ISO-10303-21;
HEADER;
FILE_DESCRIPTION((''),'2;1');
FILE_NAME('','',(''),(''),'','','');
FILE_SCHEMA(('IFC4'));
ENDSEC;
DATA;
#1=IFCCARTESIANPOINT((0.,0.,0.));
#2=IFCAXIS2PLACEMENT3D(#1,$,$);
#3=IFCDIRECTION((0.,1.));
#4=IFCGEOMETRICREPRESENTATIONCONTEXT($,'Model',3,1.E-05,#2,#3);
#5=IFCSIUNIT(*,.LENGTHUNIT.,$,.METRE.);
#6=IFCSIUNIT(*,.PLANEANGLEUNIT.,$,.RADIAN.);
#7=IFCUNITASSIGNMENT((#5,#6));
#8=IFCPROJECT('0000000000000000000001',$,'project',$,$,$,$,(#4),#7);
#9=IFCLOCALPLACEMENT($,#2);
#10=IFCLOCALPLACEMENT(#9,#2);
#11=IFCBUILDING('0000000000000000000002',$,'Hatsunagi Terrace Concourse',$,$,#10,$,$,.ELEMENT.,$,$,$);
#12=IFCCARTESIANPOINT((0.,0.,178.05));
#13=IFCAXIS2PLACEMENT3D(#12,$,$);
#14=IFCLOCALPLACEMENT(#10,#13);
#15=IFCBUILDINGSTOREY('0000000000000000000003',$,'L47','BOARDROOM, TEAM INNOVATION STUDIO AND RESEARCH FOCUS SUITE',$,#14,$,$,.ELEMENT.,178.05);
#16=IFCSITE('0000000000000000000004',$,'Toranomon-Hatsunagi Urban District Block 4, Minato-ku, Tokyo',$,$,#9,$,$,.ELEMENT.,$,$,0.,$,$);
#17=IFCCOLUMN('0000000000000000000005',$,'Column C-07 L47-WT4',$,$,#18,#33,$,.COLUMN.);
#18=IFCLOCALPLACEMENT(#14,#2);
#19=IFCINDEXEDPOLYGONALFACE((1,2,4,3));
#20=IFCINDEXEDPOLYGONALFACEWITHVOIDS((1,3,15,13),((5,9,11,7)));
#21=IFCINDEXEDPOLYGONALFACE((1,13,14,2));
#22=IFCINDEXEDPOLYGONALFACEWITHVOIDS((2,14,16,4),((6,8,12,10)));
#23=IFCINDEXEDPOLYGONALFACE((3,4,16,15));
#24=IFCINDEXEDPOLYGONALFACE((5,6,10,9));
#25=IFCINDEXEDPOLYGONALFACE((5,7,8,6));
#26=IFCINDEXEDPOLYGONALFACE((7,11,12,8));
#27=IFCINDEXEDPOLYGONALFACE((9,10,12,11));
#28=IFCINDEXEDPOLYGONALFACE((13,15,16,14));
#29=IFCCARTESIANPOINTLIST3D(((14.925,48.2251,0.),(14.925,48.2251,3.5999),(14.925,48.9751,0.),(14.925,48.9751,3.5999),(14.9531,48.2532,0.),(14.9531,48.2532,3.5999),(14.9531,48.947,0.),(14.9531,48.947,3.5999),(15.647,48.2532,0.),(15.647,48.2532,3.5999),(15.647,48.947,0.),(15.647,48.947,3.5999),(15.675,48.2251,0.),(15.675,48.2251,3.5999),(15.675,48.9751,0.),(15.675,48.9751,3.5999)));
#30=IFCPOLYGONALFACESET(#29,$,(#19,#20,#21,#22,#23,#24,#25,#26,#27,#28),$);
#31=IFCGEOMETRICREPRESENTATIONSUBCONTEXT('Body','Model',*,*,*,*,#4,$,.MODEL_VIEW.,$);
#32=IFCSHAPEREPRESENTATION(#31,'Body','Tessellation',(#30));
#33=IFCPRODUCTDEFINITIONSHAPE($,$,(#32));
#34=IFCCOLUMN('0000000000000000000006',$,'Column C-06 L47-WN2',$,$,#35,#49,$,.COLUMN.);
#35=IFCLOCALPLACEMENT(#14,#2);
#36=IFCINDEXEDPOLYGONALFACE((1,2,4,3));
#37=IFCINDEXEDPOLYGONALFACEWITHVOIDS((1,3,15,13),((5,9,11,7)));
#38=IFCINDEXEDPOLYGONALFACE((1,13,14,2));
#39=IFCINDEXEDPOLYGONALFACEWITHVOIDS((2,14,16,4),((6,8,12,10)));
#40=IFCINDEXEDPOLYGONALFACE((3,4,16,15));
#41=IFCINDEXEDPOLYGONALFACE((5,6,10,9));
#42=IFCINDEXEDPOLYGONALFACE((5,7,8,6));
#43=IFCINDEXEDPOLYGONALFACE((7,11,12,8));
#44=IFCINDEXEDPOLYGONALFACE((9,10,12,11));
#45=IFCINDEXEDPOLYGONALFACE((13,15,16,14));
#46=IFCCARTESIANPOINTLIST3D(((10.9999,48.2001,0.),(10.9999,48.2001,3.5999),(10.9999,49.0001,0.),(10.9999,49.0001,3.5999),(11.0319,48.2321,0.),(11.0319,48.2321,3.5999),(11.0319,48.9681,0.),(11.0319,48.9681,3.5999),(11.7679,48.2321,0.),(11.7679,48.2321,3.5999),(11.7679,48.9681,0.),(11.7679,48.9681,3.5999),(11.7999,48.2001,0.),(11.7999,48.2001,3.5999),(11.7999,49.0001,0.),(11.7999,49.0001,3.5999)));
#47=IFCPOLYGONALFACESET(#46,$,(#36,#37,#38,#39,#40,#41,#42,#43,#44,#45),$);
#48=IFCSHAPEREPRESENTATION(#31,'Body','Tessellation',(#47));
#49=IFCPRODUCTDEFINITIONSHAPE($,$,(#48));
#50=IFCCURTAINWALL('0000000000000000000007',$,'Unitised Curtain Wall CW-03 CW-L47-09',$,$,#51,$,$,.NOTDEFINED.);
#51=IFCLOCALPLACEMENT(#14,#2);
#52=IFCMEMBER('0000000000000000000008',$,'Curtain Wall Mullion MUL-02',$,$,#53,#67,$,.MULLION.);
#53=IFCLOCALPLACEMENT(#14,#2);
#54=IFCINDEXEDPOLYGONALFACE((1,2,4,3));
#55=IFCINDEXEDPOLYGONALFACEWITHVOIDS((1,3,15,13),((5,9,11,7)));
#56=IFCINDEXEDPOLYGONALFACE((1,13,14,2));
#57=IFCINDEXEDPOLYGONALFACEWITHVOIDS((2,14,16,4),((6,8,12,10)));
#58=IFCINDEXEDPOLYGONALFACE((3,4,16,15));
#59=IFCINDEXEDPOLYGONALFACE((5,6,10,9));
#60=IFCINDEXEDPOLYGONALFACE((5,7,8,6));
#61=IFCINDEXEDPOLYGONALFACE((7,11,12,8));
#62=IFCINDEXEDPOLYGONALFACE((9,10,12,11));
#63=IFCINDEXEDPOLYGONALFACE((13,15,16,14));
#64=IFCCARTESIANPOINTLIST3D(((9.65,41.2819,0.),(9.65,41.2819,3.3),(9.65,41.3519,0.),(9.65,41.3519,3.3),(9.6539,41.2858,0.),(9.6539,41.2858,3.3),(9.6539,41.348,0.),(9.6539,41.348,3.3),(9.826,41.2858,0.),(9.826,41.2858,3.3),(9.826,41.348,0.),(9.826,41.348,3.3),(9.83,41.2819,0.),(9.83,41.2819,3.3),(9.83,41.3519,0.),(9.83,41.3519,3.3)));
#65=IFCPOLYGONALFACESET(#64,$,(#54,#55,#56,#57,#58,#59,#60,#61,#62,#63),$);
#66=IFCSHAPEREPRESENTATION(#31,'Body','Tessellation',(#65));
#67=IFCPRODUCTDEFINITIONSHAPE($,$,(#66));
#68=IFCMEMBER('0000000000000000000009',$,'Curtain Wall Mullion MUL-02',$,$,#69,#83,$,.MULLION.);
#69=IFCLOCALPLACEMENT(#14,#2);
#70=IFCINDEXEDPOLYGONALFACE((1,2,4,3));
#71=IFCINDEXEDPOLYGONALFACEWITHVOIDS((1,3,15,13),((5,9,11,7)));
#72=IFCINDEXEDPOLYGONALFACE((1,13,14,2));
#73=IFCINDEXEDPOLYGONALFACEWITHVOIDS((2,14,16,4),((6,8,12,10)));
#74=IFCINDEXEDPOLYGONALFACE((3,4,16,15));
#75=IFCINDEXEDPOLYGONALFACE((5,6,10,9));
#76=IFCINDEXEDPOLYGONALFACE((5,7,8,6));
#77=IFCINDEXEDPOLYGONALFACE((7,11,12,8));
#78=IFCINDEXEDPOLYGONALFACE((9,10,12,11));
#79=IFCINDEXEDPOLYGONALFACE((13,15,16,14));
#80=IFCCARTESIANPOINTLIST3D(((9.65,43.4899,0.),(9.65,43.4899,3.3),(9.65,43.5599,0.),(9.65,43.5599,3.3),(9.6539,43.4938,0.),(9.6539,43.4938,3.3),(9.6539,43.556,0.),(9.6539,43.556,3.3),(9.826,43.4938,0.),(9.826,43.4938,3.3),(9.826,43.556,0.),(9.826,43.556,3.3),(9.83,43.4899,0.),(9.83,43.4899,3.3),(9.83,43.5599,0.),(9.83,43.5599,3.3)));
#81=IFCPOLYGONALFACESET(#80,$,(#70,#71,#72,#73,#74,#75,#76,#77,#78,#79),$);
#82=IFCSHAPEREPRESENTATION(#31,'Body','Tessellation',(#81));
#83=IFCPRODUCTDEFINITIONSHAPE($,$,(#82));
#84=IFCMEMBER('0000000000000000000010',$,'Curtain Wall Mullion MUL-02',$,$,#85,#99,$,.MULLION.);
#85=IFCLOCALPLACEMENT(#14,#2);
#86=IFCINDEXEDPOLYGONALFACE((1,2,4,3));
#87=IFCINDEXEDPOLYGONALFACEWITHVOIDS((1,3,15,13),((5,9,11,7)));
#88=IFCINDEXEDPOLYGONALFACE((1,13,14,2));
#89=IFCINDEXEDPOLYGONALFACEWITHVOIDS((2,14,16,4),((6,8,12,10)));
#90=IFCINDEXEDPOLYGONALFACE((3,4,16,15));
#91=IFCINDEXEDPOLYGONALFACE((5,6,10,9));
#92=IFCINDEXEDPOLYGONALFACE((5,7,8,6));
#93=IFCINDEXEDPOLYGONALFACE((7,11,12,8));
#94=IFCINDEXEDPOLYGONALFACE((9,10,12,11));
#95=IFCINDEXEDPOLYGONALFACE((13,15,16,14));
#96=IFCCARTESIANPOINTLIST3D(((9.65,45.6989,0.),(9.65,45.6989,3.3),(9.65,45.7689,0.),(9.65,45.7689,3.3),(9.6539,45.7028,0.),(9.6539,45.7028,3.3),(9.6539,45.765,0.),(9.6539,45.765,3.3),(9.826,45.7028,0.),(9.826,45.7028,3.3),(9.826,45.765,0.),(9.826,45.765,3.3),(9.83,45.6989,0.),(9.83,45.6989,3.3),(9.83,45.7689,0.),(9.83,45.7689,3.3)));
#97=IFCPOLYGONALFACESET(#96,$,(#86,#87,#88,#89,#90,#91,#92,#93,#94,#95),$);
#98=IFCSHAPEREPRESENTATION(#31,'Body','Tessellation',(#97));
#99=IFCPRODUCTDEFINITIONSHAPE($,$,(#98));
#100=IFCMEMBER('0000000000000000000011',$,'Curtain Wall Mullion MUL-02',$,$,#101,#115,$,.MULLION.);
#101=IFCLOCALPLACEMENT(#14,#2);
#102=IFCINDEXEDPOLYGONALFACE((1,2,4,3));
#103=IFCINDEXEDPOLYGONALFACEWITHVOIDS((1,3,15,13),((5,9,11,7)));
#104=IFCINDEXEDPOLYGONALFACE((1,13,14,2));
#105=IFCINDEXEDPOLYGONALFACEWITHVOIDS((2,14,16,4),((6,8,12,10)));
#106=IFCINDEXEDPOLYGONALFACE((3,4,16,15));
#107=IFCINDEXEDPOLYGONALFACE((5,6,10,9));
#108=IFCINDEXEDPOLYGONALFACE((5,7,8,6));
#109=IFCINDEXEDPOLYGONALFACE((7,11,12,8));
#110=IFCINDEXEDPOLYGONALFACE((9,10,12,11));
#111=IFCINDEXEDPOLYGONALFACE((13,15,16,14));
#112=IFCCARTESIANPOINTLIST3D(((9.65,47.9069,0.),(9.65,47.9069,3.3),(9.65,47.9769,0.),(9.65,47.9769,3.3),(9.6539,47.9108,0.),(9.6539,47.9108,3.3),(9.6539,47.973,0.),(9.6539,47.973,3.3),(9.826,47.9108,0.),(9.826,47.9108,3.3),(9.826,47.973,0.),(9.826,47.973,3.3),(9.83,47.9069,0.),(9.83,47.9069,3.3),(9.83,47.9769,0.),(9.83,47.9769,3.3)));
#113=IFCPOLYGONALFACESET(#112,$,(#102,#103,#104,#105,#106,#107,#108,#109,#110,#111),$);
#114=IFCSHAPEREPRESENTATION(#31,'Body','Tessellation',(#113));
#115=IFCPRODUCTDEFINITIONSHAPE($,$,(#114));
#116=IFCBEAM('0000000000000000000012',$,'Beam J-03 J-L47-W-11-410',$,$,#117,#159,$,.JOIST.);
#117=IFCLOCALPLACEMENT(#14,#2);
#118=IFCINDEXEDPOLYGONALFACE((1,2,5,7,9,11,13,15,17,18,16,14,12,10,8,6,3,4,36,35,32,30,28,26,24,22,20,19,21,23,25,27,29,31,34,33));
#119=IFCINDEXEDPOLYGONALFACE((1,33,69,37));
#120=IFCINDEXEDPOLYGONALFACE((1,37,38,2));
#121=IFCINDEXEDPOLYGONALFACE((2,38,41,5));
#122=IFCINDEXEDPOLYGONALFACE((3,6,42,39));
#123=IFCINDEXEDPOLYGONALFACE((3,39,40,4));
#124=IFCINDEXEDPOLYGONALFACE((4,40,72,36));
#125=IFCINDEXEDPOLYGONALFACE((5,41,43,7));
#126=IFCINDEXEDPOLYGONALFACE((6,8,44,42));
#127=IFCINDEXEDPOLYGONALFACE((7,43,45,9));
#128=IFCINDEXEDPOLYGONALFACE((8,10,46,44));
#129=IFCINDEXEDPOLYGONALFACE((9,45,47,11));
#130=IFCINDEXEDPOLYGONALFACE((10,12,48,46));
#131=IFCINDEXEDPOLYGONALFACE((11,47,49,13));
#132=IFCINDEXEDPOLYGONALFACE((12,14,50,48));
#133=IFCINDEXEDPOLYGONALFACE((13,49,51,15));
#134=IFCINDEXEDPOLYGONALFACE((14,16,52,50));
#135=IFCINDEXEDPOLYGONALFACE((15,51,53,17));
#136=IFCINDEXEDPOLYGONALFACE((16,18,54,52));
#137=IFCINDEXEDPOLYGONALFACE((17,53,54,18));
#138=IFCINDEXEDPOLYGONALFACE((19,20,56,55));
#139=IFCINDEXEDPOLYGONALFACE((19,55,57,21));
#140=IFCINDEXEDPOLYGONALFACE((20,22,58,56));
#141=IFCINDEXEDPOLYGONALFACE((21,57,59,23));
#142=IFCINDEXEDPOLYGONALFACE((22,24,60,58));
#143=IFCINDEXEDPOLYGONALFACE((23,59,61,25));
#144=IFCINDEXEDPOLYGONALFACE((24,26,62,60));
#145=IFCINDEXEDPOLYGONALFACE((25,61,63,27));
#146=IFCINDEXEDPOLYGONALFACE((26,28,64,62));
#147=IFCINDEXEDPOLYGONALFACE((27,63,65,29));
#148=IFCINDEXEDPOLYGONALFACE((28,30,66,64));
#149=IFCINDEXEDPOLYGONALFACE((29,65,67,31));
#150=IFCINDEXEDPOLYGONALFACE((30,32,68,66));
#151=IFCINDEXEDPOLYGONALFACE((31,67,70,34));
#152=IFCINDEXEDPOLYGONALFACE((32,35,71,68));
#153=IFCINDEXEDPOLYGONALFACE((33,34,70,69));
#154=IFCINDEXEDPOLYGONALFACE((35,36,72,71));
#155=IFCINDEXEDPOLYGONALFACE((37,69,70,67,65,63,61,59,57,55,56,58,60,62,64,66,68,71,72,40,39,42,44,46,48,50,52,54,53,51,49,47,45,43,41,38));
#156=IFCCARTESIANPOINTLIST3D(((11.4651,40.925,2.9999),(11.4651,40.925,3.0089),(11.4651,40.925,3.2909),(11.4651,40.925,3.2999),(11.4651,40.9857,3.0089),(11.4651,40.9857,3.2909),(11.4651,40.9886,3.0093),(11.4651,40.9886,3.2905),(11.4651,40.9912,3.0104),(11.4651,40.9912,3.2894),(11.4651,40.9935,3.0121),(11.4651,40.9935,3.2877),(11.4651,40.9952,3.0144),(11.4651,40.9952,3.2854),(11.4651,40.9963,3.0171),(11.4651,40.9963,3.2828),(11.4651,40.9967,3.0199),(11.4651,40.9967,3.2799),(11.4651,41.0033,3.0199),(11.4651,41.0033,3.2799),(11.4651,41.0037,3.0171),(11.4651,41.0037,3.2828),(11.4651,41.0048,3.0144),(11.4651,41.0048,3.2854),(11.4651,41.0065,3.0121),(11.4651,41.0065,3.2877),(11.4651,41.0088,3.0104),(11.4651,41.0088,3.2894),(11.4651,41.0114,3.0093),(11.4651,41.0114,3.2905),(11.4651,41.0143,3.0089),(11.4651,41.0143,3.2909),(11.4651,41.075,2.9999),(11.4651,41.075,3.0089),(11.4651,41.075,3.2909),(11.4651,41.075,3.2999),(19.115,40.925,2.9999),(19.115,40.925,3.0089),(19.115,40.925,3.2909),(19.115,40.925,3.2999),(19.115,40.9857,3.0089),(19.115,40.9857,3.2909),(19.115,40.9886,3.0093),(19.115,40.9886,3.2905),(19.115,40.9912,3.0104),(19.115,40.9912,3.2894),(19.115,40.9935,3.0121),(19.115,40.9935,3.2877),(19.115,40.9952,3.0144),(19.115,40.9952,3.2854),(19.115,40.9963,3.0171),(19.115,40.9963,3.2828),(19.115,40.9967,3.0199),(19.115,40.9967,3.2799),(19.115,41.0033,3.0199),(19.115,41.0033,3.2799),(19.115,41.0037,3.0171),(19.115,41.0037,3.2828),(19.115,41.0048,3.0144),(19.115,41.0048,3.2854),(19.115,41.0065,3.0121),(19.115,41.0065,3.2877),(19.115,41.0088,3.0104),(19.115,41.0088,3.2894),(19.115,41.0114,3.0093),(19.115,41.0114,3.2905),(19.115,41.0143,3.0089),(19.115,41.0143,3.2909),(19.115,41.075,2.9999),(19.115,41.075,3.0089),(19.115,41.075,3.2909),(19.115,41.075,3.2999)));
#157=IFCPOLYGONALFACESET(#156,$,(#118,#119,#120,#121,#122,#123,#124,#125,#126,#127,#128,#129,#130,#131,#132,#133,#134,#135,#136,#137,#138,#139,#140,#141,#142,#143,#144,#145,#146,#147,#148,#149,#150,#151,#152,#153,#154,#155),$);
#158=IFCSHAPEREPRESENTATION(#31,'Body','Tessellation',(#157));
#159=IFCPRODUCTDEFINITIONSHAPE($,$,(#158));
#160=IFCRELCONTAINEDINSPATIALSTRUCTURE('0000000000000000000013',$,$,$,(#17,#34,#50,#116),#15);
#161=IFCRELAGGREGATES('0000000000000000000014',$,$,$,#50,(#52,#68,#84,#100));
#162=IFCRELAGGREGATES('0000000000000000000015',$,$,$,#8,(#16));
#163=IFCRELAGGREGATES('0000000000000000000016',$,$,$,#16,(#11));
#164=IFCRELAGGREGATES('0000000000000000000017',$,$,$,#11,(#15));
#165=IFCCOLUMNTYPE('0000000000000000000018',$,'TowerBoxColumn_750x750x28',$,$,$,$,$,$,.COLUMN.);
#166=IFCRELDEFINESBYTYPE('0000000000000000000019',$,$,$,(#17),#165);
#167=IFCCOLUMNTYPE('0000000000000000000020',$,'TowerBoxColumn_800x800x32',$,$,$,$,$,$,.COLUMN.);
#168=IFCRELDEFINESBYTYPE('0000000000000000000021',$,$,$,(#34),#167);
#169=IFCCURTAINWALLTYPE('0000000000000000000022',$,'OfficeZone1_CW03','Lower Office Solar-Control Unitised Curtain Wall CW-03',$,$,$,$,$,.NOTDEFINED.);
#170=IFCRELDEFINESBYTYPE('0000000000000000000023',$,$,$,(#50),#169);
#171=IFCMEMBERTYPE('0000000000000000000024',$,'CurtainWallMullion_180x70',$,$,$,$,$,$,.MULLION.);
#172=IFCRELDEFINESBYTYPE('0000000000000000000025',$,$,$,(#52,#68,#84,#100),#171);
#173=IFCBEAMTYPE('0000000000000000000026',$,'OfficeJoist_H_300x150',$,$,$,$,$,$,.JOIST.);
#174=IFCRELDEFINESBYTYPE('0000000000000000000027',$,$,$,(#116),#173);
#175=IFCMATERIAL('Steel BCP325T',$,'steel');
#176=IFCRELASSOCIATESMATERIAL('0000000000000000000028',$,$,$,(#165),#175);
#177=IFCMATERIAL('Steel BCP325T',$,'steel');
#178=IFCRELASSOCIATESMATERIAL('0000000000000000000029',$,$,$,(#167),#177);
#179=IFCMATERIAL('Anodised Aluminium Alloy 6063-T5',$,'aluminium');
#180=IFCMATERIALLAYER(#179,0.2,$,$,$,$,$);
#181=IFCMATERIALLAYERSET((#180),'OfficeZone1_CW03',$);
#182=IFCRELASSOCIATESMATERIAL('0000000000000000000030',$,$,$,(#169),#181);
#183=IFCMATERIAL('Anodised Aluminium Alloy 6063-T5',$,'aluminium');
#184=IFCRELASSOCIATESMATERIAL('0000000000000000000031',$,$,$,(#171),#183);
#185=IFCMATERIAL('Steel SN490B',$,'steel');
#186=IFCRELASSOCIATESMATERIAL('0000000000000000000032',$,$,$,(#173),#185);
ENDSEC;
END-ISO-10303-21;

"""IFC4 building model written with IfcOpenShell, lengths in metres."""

from ifc_helpers import new_model, si_unit, direction, frame, origin, origin_2d, place, context, subcontext, project, spatial, hollow_rectangle, i_section, extrude, material, layer, layer_set, material_profile, profile_set, type_object, element, aggregate, save


model = new_model("IFC4")

# Units and contexts
model_context = context("Model", 3, precision=1e-05, world=origin(), true_north=direction((0.0, 1.0)))
body_context = subcontext(model_context, "Body", "Model", "MODEL_VIEW")
ifc_project = project(units=[si_unit("LENGTHUNIT", "METRE"), si_unit("PLANEANGLEUNIT", "RADIAN")], contexts=[model_context])

# Site, building, storey
site_placement = place(None, origin())
site = spatial("IfcSite", under=ifc_project, at=site_placement, Name="Toranomon-Hatsunagi Urban District Block 4, Minato-ku, Tokyo", CompositionType="ELEMENT", RefElevation=0.0)
building_placement = place(site_placement, origin())
building = spatial("IfcBuilding", under=site, at=building_placement, Name="Hatsunagi Terrace Concourse", CompositionType="ELEMENT")
storey_placement = place(building_placement, frame((0.0, 0.0, 178.05)))
storey = spatial("IfcBuildingStorey", under=building, at=storey_placement, Name="L47", Description="BOARDROOM, TEAM INNOVATION STUDIO AND RESEARCH FOCUS SUITE", CompositionType="ELEMENT", Elevation=178.05)

# Columns
ifc_material_1 = material(Name="Steel BCP325T", Category="steel")
ifc_material_profile_1 = material_profile(ifc_material_1, hollow_rectangle(XDim=0.75, YDim=0.75, WallThickness=0.0281, at=origin_2d()), Name="BCP-750x750x28")
ifc_profile_set_1 = profile_set([ifc_material_profile_1], Name="Steel BCP325T")
column_type_1 = type_object("IfcColumnType", Name="TowerBoxColumn_750x750x28", PredefinedType="COLUMN", material=ifc_profile_set_1)
column_1_placement = place(storey_placement, frame((15.3, 48.6001, 0.0), z_axis=(0.0, 0.0, 1.0), x_axis=(1.0, 0.0, 0.0)))
element("IfcColumn", 1, at=column_1_placement, inside=storey, type_object=column_type_1, Name="Column C-07 L47-WT4", PredefinedType="COLUMN", context=body_context, shape_type="SweptSolid", body=[
    extrude(hollow_rectangle(XDim=0.75, YDim=0.75, WallThickness=0.0281, at=origin_2d()), origin(), (0.0, 0.0, 1.0), 3.5999),
])
ifc_material_2 = material(Name="Steel BCP325T", Category="steel")
ifc_material_profile_2 = material_profile(ifc_material_2, hollow_rectangle(XDim=0.8, YDim=0.8, WallThickness=0.032, at=origin_2d()), Name="BCP-800x800x32")
ifc_profile_set_2 = profile_set([ifc_material_profile_2], Name="Steel BCP325T")
column_type_2 = type_object("IfcColumnType", Name="TowerBoxColumn_800x800x32", PredefinedType="COLUMN", material=ifc_profile_set_2)
column_2_placement = place(storey_placement, frame((11.3999, 48.6001, 0.0), z_axis=(0.0, 0.0, 1.0), x_axis=(1.0, 0.0, 0.0)))
element("IfcColumn", 2, at=column_2_placement, inside=storey, type_object=column_type_2, Name="Column C-06 L47-WN2", PredefinedType="COLUMN", context=body_context, shape_type="SweptSolid", body=[
    extrude(hollow_rectangle(XDim=0.8, YDim=0.8, WallThickness=0.032, at=origin_2d()), origin(), (0.0, 0.0, 1.0), 3.5999),
])

# Curtain wall, members
ifc_material_3 = material(Name="Anodised Aluminium Alloy 6063-T5", Category="aluminium")
ifc_layer_1 = layer(ifc_material_3, 0.2)
ifc_layer_set_1 = layer_set([ifc_layer_1], Name="OfficeZone1_CW03")
curtain_wall_type = type_object("IfcCurtainWallType", Name="OfficeZone1_CW03", Description="Lower Office Solar-Control Unitised Curtain Wall CW-03", PredefinedType="NOTDEFINED", material=ifc_layer_set_1)
curtain_wall_placement = place(storey_placement, origin())
curtain_wall = element("IfcCurtainWall", 3, at=curtain_wall_placement, inside=storey, type_object=curtain_wall_type, Name="Unitised Curtain Wall CW-03 CW-L47-09", PredefinedType="NOTDEFINED")
ifc_material_4 = material(Name="Anodised Aluminium Alloy 6063-T5", Category="aluminium")
ifc_material_profile_3 = material_profile(ifc_material_4, hollow_rectangle(XDim=0.0701, YDim=0.1799, WallThickness=0.0039, at=origin_2d()), Name="ALU-MUL-180x70x4")
ifc_profile_set_3 = profile_set([ifc_material_profile_3], Name="Anodised Aluminium Alloy 6063-T5")
member_type = type_object("IfcMemberType", Name="CurtainWallMullion_180x70", PredefinedType="MULLION", material=ifc_profile_set_3)
member_1_placement = place(storey_placement, frame((9.74, 41.3169, 0.0), z_axis=(0.0, 0.0, 1.0), x_axis=(0.0, 1.0, 0.0)))
member_1 = element("IfcMember", 4, at=member_1_placement, type_object=member_type, Name="Curtain Wall Mullion MUL-02", PredefinedType="MULLION", context=body_context, shape_type="SweptSolid", body=[
    extrude(hollow_rectangle(XDim=0.0701, YDim=0.1799, WallThickness=0.0039, at=origin_2d()), origin(), (0.0, 0.0, 1.0), 3.3),
])
member_2_placement = place(storey_placement, frame((9.74, 43.5249, 0.0), z_axis=(0.0, 0.0, 1.0), x_axis=(0.0, 1.0, 0.0)))
member_2 = element("IfcMember", 5, at=member_2_placement, type_object=member_type, Name="Curtain Wall Mullion MUL-02", PredefinedType="MULLION", context=body_context, shape_type="SweptSolid", body=[
    extrude(hollow_rectangle(XDim=0.0701, YDim=0.1799, WallThickness=0.0039, at=origin_2d()), origin(), (0.0, 0.0, 1.0), 3.3),
])
member_3_placement = place(storey_placement, frame((9.74, 45.7339, 0.0), z_axis=(0.0, 0.0, 1.0), x_axis=(0.0, 1.0, 0.0)))
member_3 = element("IfcMember", 6, at=member_3_placement, type_object=member_type, Name="Curtain Wall Mullion MUL-02", PredefinedType="MULLION", context=body_context, shape_type="SweptSolid", body=[
    extrude(hollow_rectangle(XDim=0.0701, YDim=0.1799, WallThickness=0.0039, at=origin_2d()), origin(), (0.0, 0.0, 1.0), 3.3),
])
member_4_placement = place(storey_placement, frame((9.74, 47.9419, 0.0), z_axis=(0.0, 0.0, 1.0), x_axis=(0.0, 1.0, 0.0)))
member_4 = element("IfcMember", 7, at=member_4_placement, type_object=member_type, Name="Curtain Wall Mullion MUL-02", PredefinedType="MULLION", context=body_context, shape_type="SweptSolid", body=[
    extrude(hollow_rectangle(XDim=0.0701, YDim=0.1799, WallThickness=0.0039, at=origin_2d()), origin(), (0.0, 0.0, 1.0), 3.3),
])

# Beam
ifc_material_5 = material(Name="Steel SN490B", Category="steel")
ifc_material_profile_4 = material_profile(ifc_material_5, i_section(OverallWidth=0.1499, OverallDepth=0.3, WebThickness=0.0066, FlangeThickness=0.009, FilletRadius=0.011, at=origin_2d()), Name="H-300x150x6.5x9")
ifc_profile_set_4 = profile_set([ifc_material_profile_4], Name="Steel SN490B")
beam_type_1 = type_object("IfcBeamType", Name="OfficeJoist_H_300x150", PredefinedType="JOIST", material=ifc_profile_set_4)
for number, where, z_axis, x_axis, name in (
    (8, (11.4651, 41.0, 3.1499), (1.0, 0.0, 0.0), (0.0, 1.0, 0.0), "Beam J-03 J-L47-W-11-410"),
):
    element("IfcBeam", number, at=place(storey_placement, frame(where, z_axis=z_axis, x_axis=x_axis)), inside=storey, type_object=beam_type_1, Name=name, PredefinedType="JOIST", context=body_context, shape_type="SweptSolid", body=[
        extrude(i_section(OverallWidth=0.1499, OverallDepth=0.3, WebThickness=0.0066, FlangeThickness=0.009, FilletRadius=0.011, at=origin_2d()), origin(), (0.0, 0.0, 1.0), 7.6499),
    ])

aggregate(curtain_wall, [member_1, member_2, member_3, member_4])

save(model, "model.ifc")
